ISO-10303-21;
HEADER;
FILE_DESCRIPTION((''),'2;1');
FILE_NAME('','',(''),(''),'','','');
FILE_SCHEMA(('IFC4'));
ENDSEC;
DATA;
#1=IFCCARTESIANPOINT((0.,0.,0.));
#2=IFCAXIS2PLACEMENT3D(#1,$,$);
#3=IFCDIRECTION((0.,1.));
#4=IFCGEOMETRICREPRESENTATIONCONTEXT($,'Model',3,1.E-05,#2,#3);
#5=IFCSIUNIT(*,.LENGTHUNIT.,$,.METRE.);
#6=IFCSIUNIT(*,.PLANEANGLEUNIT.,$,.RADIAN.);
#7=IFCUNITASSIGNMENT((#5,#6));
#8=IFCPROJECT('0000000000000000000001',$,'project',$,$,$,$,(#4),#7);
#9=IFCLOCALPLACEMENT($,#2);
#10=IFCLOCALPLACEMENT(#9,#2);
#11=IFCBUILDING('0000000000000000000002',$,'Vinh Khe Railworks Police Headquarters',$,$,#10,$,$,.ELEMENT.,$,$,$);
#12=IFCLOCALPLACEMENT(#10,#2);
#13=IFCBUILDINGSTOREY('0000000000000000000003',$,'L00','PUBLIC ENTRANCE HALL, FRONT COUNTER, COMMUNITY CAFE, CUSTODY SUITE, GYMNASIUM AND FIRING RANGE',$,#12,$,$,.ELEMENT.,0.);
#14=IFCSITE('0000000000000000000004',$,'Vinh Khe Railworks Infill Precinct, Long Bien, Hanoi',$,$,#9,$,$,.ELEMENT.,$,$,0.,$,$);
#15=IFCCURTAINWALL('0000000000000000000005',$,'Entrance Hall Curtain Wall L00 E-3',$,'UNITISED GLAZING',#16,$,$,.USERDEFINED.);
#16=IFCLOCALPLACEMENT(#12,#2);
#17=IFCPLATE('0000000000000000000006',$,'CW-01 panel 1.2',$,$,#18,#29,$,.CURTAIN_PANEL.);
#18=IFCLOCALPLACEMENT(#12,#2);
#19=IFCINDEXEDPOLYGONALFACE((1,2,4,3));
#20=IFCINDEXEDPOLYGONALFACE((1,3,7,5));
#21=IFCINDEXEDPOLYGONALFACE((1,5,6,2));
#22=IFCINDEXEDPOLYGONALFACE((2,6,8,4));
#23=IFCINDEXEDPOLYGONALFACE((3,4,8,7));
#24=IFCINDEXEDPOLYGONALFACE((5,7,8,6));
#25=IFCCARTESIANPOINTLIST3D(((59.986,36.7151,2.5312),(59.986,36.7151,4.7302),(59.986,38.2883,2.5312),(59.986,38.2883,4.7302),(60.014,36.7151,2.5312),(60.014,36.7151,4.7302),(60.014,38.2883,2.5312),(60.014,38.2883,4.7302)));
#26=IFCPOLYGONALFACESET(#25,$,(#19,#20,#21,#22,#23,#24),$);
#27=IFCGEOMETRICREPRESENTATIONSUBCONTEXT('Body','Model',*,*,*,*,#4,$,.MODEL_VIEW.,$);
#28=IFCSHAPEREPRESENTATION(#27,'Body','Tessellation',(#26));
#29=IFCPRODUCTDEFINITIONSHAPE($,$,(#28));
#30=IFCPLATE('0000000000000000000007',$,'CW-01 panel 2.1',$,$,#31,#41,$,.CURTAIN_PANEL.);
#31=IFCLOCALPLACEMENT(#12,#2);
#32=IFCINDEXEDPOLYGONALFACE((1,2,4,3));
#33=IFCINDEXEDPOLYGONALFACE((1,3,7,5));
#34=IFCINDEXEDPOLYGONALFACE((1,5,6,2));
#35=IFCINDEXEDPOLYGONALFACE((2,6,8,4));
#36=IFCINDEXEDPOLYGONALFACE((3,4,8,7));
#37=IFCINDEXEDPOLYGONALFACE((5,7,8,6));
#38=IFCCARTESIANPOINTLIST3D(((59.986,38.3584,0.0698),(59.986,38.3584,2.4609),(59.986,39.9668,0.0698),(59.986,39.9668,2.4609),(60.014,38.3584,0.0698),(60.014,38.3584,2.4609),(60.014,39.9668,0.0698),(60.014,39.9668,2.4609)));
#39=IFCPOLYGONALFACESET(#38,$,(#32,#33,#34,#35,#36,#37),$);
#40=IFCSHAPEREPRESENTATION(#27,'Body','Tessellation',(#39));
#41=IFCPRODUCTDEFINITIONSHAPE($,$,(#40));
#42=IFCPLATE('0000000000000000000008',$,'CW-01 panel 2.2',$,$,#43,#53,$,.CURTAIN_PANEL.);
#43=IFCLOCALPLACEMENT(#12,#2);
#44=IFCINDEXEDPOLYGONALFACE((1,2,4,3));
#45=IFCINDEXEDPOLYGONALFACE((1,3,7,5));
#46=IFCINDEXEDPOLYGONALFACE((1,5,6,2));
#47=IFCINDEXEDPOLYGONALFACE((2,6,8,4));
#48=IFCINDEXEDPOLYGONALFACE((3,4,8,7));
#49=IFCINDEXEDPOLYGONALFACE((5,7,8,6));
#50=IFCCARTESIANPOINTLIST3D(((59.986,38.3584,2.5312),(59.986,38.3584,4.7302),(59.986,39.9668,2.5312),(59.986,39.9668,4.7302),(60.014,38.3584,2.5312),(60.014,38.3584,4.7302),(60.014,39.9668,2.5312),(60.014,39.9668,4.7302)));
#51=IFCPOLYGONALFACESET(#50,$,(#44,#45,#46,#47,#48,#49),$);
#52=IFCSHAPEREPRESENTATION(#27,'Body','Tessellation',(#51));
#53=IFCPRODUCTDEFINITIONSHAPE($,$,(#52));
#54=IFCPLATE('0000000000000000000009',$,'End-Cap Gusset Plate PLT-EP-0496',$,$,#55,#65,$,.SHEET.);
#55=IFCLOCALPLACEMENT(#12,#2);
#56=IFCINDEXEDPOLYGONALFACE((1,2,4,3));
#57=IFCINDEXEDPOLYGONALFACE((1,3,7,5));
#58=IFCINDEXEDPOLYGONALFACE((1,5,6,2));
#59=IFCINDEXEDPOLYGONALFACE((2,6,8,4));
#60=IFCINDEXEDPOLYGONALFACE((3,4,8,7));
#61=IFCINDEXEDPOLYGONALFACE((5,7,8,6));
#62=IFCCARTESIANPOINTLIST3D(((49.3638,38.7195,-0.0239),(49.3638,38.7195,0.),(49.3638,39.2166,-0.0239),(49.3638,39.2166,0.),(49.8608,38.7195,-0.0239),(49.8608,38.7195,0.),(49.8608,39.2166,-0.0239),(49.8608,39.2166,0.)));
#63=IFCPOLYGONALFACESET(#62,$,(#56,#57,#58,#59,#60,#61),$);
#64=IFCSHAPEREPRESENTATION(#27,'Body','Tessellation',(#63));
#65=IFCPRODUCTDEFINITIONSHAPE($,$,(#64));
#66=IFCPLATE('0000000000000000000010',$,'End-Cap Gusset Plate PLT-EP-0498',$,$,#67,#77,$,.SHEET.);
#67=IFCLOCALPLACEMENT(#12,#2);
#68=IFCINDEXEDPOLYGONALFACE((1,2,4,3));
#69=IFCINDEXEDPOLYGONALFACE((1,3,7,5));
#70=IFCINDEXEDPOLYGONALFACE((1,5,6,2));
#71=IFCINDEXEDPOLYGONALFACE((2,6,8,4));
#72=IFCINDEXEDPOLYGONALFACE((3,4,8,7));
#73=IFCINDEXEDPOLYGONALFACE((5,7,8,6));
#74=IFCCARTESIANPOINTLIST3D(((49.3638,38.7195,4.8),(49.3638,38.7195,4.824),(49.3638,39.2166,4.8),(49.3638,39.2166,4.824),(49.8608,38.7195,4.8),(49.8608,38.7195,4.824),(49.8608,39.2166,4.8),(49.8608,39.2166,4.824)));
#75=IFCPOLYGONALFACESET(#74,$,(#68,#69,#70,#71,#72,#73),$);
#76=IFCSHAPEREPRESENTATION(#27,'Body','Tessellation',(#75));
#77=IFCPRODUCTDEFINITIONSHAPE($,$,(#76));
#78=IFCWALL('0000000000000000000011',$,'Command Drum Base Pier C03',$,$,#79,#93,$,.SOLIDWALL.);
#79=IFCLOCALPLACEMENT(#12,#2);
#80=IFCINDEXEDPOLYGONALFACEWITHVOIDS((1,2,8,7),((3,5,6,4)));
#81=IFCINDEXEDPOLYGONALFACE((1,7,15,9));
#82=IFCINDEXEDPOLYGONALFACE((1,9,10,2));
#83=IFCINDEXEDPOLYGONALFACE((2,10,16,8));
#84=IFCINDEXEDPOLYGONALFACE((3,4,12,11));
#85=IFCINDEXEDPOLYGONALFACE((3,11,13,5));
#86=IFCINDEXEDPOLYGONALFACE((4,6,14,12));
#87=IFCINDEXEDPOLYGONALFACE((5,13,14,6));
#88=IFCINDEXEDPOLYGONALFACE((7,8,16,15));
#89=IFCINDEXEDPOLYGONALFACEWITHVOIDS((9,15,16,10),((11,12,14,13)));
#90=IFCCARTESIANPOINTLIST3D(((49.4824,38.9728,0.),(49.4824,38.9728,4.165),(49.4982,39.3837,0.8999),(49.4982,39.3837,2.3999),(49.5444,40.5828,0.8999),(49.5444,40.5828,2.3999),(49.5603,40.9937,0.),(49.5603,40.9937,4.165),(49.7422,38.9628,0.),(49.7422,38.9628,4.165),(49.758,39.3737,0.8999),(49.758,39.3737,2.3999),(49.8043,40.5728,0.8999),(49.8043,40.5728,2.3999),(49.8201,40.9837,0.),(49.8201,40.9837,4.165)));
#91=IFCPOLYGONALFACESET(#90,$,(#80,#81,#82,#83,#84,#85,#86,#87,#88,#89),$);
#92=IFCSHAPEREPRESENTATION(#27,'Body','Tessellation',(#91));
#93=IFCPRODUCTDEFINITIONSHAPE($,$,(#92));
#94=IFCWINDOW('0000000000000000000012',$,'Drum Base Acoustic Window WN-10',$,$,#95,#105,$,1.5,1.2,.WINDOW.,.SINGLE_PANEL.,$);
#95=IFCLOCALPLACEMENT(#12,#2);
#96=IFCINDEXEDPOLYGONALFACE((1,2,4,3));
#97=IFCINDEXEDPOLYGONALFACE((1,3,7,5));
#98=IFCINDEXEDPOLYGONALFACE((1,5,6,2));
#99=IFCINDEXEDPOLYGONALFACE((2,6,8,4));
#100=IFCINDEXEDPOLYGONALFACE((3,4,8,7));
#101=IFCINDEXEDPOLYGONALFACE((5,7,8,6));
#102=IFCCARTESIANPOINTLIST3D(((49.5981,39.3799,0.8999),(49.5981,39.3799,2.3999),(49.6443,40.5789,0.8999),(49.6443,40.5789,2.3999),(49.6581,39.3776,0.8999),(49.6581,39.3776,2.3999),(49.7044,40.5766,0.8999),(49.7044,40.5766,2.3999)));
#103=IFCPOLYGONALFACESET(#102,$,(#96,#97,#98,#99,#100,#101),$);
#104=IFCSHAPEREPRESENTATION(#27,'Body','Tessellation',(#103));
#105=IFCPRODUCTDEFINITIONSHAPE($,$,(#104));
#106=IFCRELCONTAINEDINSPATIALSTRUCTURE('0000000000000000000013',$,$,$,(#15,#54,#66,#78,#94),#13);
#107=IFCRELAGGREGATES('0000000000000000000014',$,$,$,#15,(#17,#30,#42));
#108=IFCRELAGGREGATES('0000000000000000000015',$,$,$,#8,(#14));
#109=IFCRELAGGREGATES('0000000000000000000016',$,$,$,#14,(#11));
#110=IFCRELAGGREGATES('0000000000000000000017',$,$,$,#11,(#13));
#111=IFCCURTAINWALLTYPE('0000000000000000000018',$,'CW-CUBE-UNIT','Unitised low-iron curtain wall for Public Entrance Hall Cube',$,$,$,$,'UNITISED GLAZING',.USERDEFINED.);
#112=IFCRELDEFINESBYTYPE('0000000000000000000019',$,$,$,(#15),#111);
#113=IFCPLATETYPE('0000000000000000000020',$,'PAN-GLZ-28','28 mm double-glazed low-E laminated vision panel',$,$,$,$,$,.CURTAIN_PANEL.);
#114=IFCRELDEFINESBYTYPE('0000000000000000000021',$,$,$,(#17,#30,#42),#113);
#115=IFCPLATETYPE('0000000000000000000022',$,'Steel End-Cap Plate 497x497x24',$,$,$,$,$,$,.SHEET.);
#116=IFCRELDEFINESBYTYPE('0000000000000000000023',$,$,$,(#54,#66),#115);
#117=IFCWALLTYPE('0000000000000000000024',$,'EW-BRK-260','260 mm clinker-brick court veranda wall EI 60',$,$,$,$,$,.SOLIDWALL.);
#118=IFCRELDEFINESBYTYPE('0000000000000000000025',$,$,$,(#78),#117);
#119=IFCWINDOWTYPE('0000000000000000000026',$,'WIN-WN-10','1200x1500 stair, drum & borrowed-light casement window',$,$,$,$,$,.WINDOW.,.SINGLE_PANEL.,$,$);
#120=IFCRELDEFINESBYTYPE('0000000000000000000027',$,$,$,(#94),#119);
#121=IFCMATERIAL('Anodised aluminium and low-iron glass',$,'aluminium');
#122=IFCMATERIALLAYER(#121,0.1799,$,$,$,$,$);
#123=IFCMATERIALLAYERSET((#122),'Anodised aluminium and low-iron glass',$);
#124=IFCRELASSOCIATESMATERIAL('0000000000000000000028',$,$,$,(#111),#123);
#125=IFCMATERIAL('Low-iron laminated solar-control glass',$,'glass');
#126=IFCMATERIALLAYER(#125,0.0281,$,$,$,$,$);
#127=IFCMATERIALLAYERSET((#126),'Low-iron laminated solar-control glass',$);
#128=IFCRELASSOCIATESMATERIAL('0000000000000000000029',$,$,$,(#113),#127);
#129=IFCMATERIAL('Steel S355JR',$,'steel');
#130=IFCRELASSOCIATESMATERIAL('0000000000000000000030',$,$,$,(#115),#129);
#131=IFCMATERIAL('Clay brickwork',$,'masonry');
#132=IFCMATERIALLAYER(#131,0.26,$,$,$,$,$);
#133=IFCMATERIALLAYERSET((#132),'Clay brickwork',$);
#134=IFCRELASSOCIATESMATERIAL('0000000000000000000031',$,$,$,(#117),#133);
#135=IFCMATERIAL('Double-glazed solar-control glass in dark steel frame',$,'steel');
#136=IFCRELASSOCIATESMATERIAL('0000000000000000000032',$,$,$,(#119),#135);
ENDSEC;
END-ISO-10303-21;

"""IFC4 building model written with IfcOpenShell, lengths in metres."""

from ifc_helpers import new_model, si_unit, direction, frame, frame_2d, origin, origin_2d, place, context, subcontext, project, spatial, rectangle, extrude, material, layer, layer_set, material_profile, profile_set, type_object, element, fill, aggregate, save


model = new_model("IFC4")

# Units and contexts
model_context = context("Model", 3, precision=1e-05, world=origin(), true_north=direction((0.0, 1.0)))
body_context = subcontext(model_context, "Body", "Model", "MODEL_VIEW")
ifc_project = project(units=[si_unit("LENGTHUNIT", "METRE"), si_unit("PLANEANGLEUNIT", "RADIAN")], contexts=[model_context])

# Site, building, storey
site_placement = place(None, origin())
site = spatial("IfcSite", under=ifc_project, at=site_placement, Name="Vinh Khe Railworks Infill Precinct, Long Bien, Hanoi", CompositionType="ELEMENT", RefElevation=0.0)
building_placement = place(site_placement, origin())
building = spatial("IfcBuilding", under=site, at=building_placement, Name="Vinh Khe Railworks Police Headquarters", CompositionType="ELEMENT")
storey_placement = place(building_placement, origin())
storey = spatial("IfcBuildingStorey", under=building, at=storey_placement, Name="L00", Description="PUBLIC ENTRANCE HALL, FRONT COUNTER, COMMUNITY CAFE, CUSTODY SUITE, GYMNASIUM AND FIRING RANGE", CompositionType="ELEMENT", Elevation=0.0)

# Shared definitions
ifc_material_1 = material(Name="Steel S355JR", Category="steel")

# Curtain wall
ifc_material_2 = material(Name="Anodised aluminium and low-iron glass", Category="aluminium")
ifc_layer_1 = layer(ifc_material_2, 0.1799)
ifc_layer_set_1 = layer_set([ifc_layer_1], Name="Anodised aluminium and low-iron glass")
curtain_wall_type_1 = type_object("IfcCurtainWallType", Name="CW-CUBE-UNIT", Description="Unitised low-iron curtain wall for Public Entrance Hall Cube", ElementType="UNITISED GLAZING", PredefinedType="USERDEFINED", material=ifc_layer_set_1)
curtain_wall_1_placement = place(storey_placement, origin())
curtain_wall_1 = element("IfcCurtainWall", 1, at=curtain_wall_1_placement, inside=storey, type_object=curtain_wall_type_1, Name="Entrance Hall Curtain Wall L00 E-3", ObjectType="UNITISED GLAZING", PredefinedType="USERDEFINED")

# Plates
ifc_material_3 = material(Name="Low-iron laminated solar-control glass", Category="glass")
ifc_layer_2 = layer(ifc_material_3, 0.0281)
ifc_layer_set_2 = layer_set([ifc_layer_2], Name="Low-iron laminated solar-control glass")
plate_type_1 = type_object("IfcPlateType", Name="PAN-GLZ-28", Description="28 mm double-glazed low-E laminated vision panel", PredefinedType="CURTAIN_PANEL", material=ifc_layer_set_2)
plate_1_placement = place(storey_placement, frame((60.0, 37.5017, 2.5312), z_axis=(0.0, 0.0, 1.0), x_axis=(0.0, 1.0, 0.0)))
plate_1 = element("IfcPlate", 2, at=plate_1_placement, type_object=plate_type_1, Name="CW-01 panel 1.2", PredefinedType="CURTAIN_PANEL", context=body_context, shape_type="SweptSolid", body=[
    extrude(rectangle(XDim=1.5732, YDim=0.0281, at=origin_2d()), origin(), (0.0, 0.0, 1.0), 2.199),
])
plate_2_placement = place(storey_placement, frame((60.0, 39.1626, 0.0698), z_axis=(0.0, 0.0, 1.0), x_axis=(0.0, 1.0, 0.0)))
plate_2 = element("IfcPlate", 3, at=plate_2_placement, type_object=plate_type_1, Name="CW-01 panel 2.1", PredefinedType="CURTAIN_PANEL", context=body_context, shape_type="SweptSolid", body=[
    extrude(rectangle(XDim=1.6084, YDim=0.0281, at=origin_2d()), origin(), (0.0, 0.0, 1.0), 2.3911),
])
plate_3_placement = place(storey_placement, frame((60.0, 39.1626, 2.5312), z_axis=(0.0, 0.0, 1.0), x_axis=(0.0, 1.0, 0.0)))
plate_3 = element("IfcPlate", 4, at=plate_3_placement, type_object=plate_type_1, Name="CW-01 panel 2.2", PredefinedType="CURTAIN_PANEL", context=body_context, shape_type="SweptSolid", body=[
    extrude(rectangle(XDim=1.6084, YDim=0.0281, at=origin_2d()), origin(), (0.0, 0.0, 1.0), 2.199),
])
aggregate(curtain_wall_1, [plate_1, plate_2, plate_3])

# Plates
ifc_material_profile_1 = material_profile(ifc_material_1, rectangle(XDim=0.4971, YDim=0.4971, at=origin_2d()), Name="PL 497x497")
ifc_profile_set_1 = profile_set([ifc_material_profile_1], Name="Steel S355JR")
plate_type_2 = type_object("IfcPlateType", Name="Steel End-Cap Plate 497x497x24", PredefinedType="SHEET", material=ifc_profile_set_1)
for number, where, z_axis, x_axis, name in (
    (5, (49.6123, 38.968, 0.0), (0.0, 0.0, -1.0), (1.0, 0.0, 0.0), "End-Cap Gusset Plate PLT-EP-0496"),
    (6, (49.6123, 38.968, 4.8), (0.0, 0.0, 1.0), (1.0, 0.0, 0.0), "End-Cap Gusset Plate PLT-EP-0498"),
):
    element("IfcPlate", number, at=place(storey_placement, frame(where, z_axis=z_axis, x_axis=x_axis)), inside=storey, type_object=plate_type_2, Name=name, PredefinedType="SHEET", context=body_context, shape_type="SweptSolid", body=[
        extrude(rectangle(XDim=0.4971, YDim=0.4971, at=origin_2d()), origin(), (0.0, 0.0, 1.0), 0.0239),
    ])

# Wall, opening, window
ifc_material_4 = material(Name="Clay brickwork", Category="masonry")
ifc_layer_3 = layer(ifc_material_4, 0.26)
ifc_layer_set_3 = layer_set([ifc_layer_3], Name="Clay brickwork")
wall_type = type_object("IfcWallType", Name="EW-BRK-260", Description="260 mm clinker-brick court veranda wall EI 60", PredefinedType="SOLIDWALL", material=ifc_layer_set_3)
wall_1_placement = place(storey_placement, frame((49.6123, 38.9678, 0.0), z_axis=(0.0, 0.0, 1.0), x_axis=(0.038507, 0.999258, 0.0)))
wall_1 = element("IfcWall", 7, at=wall_1_placement, inside=storey, type_object=wall_type, Name="Command Drum Base Pier C03", PredefinedType="SOLIDWALL", context=body_context, shape_type="SweptSolid", body=[
    extrude(rectangle(XDim=2.0225, YDim=0.26, at=frame_2d((1.0112, 0.0))), origin(), (0.0, 0.0, 1.0), 4.165),
])
opening_1_placement = place(wall_1_placement, frame((0.4111, 0.0, 0.8999)))
opening_1 = element("IfcOpeningElement", 8, at=opening_1_placement, cuts=wall_1, PredefinedType="OPENING", context=body_context, shape_type="SweptSolid", body=[
    extrude(rectangle(XDim=1.2, YDim=1.5, at=frame_2d((0.6001, 0.75))), frame((0.0, 0.145, 0.0), z_axis=(0.0, -1.0, 0.0), x_axis=(1.0, 0.0, 0.0)), (0.0, 0.0, 1.0), 0.2898),
])
ifc_material_5 = material(Name="Double-glazed solar-control glass in dark steel frame", Category="steel")
window_type = type_object("IfcWindowType", Name="WIN-WN-10", Description="1200x1500 stair, drum & borrowed-light casement window", PartitioningType="SINGLE_PANEL", PredefinedType="WINDOW", material=ifc_material_5)
window_placement = place(opening_1_placement, origin())
window = element("IfcWindow", 9, at=window_placement, inside=storey, type_object=window_type, Name="Drum Base Acoustic Window WN-10", OverallHeight=1.5, OverallWidth=1.2, PartitioningType="SINGLE_PANEL", PredefinedType="WINDOW", context=body_context, shape_type="SweptSolid", body=[
    extrude(rectangle(XDim=1.2, YDim=1.5, at=frame_2d((0.6001, 0.75))), frame((0.0, 0.03, 0.0), z_axis=(0.0, -1.0, 0.0), x_axis=(1.0, 0.0, 0.0)), (0.0, 0.0, 1.0), 0.0601),
])
fill(opening_1, window)

save(model, "model.ifc")
